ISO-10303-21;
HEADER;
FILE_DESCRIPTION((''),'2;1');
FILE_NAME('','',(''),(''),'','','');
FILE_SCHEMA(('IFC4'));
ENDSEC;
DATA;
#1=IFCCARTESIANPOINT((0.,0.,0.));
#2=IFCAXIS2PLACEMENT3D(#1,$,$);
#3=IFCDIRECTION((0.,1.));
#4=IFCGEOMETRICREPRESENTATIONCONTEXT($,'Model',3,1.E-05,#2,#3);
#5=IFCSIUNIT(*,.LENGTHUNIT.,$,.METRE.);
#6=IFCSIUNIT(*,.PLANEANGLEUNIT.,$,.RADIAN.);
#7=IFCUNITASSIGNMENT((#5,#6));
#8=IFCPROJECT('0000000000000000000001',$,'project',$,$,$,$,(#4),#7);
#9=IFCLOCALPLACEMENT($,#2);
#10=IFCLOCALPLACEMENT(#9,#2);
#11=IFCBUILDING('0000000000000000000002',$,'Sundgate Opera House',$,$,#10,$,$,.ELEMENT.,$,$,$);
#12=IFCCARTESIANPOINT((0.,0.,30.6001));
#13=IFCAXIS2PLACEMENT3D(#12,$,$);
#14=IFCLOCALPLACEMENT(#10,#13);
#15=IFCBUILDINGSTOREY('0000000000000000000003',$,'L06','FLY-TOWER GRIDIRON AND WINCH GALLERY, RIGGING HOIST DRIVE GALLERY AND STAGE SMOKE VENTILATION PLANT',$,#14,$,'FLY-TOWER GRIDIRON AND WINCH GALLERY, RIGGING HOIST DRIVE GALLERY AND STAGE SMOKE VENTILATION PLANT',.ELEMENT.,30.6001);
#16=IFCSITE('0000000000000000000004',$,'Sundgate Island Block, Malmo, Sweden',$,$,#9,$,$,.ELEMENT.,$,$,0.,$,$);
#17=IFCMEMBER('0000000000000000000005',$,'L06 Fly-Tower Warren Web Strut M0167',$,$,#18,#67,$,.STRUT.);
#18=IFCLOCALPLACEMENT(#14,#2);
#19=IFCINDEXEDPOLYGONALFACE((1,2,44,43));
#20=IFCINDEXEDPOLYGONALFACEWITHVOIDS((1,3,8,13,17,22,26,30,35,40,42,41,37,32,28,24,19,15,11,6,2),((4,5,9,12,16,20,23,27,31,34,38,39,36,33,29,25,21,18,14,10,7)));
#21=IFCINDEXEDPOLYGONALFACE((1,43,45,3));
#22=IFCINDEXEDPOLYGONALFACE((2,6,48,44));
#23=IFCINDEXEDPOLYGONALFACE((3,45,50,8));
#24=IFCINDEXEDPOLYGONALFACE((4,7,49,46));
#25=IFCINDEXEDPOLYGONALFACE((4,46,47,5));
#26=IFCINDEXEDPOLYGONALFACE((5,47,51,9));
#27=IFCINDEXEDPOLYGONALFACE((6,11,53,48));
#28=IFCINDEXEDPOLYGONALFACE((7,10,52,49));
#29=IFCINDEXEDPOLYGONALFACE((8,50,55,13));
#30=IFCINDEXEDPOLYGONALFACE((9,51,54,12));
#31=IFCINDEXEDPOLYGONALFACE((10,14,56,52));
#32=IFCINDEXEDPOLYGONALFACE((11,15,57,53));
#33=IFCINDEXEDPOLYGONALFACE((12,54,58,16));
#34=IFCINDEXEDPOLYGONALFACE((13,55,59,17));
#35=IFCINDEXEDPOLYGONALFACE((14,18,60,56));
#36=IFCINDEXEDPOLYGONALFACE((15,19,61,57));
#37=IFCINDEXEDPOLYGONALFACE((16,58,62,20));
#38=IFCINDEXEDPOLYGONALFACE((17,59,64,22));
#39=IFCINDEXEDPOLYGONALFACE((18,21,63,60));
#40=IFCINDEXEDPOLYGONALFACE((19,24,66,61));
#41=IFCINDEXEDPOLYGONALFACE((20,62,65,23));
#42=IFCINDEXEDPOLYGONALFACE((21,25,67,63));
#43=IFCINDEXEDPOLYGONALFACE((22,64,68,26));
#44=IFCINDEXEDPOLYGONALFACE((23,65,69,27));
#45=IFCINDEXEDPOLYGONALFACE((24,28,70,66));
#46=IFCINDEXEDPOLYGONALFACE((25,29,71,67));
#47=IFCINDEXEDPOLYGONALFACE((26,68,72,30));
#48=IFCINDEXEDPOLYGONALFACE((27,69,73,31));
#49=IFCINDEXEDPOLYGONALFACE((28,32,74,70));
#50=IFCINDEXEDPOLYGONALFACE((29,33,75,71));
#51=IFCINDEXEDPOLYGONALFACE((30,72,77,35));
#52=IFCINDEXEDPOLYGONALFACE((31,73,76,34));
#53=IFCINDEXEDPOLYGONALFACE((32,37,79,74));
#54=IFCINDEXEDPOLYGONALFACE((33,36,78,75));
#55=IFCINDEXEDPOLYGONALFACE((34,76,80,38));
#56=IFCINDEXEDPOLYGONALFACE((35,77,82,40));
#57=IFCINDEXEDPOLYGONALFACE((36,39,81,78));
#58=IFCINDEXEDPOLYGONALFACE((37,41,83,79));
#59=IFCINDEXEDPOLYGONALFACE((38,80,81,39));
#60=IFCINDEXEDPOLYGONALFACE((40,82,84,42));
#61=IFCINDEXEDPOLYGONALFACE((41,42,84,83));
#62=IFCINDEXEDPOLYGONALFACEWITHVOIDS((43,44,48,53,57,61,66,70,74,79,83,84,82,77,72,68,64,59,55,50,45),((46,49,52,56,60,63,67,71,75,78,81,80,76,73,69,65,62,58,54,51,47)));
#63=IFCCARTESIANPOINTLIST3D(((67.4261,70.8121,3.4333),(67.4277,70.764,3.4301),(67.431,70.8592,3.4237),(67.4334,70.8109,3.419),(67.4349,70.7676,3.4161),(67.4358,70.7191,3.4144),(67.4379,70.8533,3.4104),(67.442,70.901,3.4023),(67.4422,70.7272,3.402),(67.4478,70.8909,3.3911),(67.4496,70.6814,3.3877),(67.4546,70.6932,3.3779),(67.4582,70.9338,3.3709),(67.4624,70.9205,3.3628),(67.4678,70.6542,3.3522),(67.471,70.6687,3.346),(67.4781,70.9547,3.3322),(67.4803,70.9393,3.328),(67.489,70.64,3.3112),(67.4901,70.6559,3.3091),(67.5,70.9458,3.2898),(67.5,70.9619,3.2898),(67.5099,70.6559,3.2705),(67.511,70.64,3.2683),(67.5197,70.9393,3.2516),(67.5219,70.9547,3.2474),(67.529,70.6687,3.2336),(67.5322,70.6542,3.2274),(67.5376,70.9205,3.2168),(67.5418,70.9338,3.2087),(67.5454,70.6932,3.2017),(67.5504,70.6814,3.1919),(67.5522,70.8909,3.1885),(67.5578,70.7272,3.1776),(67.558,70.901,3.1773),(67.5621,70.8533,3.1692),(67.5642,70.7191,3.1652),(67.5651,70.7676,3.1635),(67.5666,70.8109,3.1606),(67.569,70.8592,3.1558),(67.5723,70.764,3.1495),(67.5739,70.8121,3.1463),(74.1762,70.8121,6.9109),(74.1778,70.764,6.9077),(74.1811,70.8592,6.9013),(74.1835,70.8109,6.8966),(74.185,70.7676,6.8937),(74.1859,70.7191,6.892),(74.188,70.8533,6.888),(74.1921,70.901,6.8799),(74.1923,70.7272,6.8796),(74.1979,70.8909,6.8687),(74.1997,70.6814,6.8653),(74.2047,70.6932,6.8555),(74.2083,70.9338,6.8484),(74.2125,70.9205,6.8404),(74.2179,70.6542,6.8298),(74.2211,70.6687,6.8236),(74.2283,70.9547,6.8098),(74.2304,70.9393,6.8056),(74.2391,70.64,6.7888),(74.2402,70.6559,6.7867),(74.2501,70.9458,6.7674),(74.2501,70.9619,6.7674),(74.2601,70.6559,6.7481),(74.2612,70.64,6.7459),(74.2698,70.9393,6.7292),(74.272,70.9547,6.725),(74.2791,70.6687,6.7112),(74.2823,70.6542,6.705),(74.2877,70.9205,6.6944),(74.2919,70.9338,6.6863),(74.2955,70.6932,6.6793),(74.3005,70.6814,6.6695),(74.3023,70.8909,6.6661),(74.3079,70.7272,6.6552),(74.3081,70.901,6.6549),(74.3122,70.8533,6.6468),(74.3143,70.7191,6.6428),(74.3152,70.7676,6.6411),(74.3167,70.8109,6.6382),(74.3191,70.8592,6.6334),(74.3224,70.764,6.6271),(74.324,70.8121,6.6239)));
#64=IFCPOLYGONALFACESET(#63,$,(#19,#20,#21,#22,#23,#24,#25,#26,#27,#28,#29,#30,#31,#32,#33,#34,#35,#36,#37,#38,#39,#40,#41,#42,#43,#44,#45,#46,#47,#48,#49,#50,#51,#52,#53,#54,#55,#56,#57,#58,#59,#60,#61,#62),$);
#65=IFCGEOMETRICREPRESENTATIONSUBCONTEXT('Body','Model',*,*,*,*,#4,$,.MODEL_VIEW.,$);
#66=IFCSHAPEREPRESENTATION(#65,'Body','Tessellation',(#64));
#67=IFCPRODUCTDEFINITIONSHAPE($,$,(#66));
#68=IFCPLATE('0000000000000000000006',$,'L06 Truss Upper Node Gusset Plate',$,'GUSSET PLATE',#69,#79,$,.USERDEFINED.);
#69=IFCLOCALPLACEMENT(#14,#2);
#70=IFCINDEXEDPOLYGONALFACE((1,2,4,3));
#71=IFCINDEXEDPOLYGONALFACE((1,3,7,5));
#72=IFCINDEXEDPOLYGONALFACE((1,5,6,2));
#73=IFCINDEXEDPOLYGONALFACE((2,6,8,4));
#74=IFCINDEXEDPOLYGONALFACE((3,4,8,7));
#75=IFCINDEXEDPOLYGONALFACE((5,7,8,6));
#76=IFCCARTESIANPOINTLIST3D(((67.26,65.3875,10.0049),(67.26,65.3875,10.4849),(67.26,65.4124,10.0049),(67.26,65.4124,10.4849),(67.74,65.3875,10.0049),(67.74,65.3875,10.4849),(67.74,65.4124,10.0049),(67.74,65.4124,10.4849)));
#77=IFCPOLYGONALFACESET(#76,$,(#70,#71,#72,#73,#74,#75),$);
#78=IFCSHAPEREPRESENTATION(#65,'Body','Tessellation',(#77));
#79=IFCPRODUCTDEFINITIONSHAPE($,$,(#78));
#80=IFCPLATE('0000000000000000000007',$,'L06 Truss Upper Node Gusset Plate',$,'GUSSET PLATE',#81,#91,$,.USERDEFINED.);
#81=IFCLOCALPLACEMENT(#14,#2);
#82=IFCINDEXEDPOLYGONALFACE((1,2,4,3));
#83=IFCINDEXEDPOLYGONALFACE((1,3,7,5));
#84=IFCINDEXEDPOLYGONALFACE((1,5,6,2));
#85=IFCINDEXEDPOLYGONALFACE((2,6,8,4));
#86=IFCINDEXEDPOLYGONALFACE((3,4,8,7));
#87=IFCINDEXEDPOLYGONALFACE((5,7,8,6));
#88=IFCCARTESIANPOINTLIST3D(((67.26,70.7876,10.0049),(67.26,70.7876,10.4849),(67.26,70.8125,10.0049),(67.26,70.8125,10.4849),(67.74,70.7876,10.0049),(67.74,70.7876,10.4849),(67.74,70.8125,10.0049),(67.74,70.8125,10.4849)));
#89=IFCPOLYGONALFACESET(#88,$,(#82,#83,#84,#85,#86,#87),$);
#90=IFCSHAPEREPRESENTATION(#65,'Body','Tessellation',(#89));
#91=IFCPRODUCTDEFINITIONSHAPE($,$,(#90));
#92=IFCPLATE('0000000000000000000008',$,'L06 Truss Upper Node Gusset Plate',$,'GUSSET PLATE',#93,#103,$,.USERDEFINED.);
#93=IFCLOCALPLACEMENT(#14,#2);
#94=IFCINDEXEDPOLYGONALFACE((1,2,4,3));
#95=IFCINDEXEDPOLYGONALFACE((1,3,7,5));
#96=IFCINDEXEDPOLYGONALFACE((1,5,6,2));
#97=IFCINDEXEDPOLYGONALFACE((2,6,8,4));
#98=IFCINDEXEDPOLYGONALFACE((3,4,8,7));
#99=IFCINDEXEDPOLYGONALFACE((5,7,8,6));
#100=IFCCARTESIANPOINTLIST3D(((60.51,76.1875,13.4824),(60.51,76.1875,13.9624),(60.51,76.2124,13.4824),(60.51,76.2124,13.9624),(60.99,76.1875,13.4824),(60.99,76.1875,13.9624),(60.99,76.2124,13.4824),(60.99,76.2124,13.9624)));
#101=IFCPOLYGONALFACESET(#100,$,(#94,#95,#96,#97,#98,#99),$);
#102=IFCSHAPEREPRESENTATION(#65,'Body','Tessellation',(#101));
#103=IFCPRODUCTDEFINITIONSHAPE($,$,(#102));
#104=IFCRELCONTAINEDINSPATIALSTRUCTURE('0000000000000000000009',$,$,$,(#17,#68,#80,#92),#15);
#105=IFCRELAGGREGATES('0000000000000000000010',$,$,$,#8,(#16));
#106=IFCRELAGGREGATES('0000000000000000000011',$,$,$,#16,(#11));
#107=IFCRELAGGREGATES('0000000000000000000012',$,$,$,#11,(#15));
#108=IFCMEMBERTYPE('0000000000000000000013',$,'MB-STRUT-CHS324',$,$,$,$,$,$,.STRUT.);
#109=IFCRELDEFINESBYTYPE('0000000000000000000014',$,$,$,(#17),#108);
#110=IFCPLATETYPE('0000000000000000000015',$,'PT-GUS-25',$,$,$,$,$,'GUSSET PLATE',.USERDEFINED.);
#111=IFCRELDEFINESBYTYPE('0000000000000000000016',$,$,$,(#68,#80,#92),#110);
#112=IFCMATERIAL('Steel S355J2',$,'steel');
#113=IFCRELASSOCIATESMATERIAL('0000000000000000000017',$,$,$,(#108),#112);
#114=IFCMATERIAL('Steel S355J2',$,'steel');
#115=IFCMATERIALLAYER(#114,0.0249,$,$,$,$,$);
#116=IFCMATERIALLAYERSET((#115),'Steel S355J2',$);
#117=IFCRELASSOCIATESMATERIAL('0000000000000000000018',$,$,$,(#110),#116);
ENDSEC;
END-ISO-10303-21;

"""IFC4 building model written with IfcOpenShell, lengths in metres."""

from ifc_helpers import new_model, si_unit, direction, frame, origin, origin_2d, place, context, subcontext, project, spatial, rectangle, hollow_circle, extrude, material, layer, layer_set, material_profile, profile_set, type_object, element, save


model = new_model("IFC4")

# Units and contexts
model_context = context("Model", 3, precision=1e-05, world=origin(), true_north=direction((0.0, 1.0)))
body_context = subcontext(model_context, "Body", "Model", "MODEL_VIEW")
ifc_project = project(units=[si_unit("LENGTHUNIT", "METRE"), si_unit("PLANEANGLEUNIT", "RADIAN")], contexts=[model_context])

# Site, building, storey
site_placement = place(None, origin())
site = spatial("IfcSite", under=ifc_project, at=site_placement, Name="Sundgate Island Block, Malmo, Sweden", CompositionType="ELEMENT", RefElevation=0.0)
building_placement = place(site_placement, origin())
building = spatial("IfcBuilding", under=site, at=building_placement, Name="Sundgate Opera House", CompositionType="ELEMENT")
storey_placement = place(building_placement, frame((0.0, 0.0, 30.6001)))
storey = spatial("IfcBuildingStorey", under=building, at=storey_placement, Name="L06", Description="FLY-TOWER GRIDIRON AND WINCH GALLERY, RIGGING HOIST DRIVE GALLERY AND STAGE SMOKE VENTILATION PLANT", LongName="FLY-TOWER GRIDIRON AND WINCH GALLERY, RIGGING HOIST DRIVE GALLERY AND STAGE SMOKE VENTILATION PLANT", CompositionType="ELEMENT", Elevation=30.6001)

# Member
ifc_material_1 = material(Name="Steel S355J2", Category="steel")
ifc_material_profile_1 = material_profile(ifc_material_1, hollow_circle(Radius=0.1619, WallThickness=0.0161, at=origin_2d()), Name="CHS 323.9x16.0")
ifc_profile_set_1 = profile_set([ifc_material_profile_1], Name="Steel S355J2")
member_type_1 = type_object("IfcMemberType", Name="MB-STRUT-CHS324", PredefinedType="STRUT", material=ifc_profile_set_1)
for number, where, z_axis, x_axis, name in (
    (1, (67.5, 70.8, 3.2898), (0.88896, 0.0, 0.457984), (0.0, 1.0, 0.0), "L06 Fly-Tower Warren Web Strut M0167"),
):
    element("IfcMember", number, at=place(storey_placement, frame(where, z_axis=z_axis, x_axis=x_axis)), inside=storey, type_object=member_type_1, Name=name, PredefinedType="STRUT", context=body_context, shape_type="SweptSolid", body=[
        extrude(hollow_circle(Radius=0.1619, WallThickness=0.0161, at=origin_2d()), origin(), (0.0, 0.0, 1.0), 7.5933),
    ])

# Plates
ifc_material_2 = material(Name="Steel S355J2", Category="steel")
ifc_layer = layer(ifc_material_2, 0.0249)
ifc_layer_set = layer_set([ifc_layer], Name="Steel S355J2")
plate_type = type_object("IfcPlateType", Name="PT-GUS-25", ElementType="GUSSET PLATE", PredefinedType="USERDEFINED", material=ifc_layer_set)
for number, where, z_axis, x_axis, name in (
    (2, (67.5, 65.3999, 10.0049), (0.0, 0.0, 1.0), (1.0, 0.0, 0.0), "L06 Truss Upper Node Gusset Plate"),
    (3, (67.5, 70.8, 10.0049), (0.0, 0.0, 1.0), (1.0, 0.0, 0.0), "L06 Truss Upper Node Gusset Plate"),
    (4, (60.75, 76.2, 13.4824), (0.0, 0.0, 1.0), (1.0, 0.0, 0.0), "L06 Truss Upper Node Gusset Plate"),
):
    element("IfcPlate", number, at=place(storey_placement, frame(where, z_axis=z_axis, x_axis=x_axis)), inside=storey, type_object=plate_type, Name=name, ObjectType="GUSSET PLATE", PredefinedType="USERDEFINED", context=body_context, shape_type="SweptSolid", body=[
        extrude(rectangle(XDim=0.48, YDim=0.0249, at=origin_2d()), origin(), (0.0, 0.0, 1.0), 0.48),
    ])

save(model, "model.ifc")
